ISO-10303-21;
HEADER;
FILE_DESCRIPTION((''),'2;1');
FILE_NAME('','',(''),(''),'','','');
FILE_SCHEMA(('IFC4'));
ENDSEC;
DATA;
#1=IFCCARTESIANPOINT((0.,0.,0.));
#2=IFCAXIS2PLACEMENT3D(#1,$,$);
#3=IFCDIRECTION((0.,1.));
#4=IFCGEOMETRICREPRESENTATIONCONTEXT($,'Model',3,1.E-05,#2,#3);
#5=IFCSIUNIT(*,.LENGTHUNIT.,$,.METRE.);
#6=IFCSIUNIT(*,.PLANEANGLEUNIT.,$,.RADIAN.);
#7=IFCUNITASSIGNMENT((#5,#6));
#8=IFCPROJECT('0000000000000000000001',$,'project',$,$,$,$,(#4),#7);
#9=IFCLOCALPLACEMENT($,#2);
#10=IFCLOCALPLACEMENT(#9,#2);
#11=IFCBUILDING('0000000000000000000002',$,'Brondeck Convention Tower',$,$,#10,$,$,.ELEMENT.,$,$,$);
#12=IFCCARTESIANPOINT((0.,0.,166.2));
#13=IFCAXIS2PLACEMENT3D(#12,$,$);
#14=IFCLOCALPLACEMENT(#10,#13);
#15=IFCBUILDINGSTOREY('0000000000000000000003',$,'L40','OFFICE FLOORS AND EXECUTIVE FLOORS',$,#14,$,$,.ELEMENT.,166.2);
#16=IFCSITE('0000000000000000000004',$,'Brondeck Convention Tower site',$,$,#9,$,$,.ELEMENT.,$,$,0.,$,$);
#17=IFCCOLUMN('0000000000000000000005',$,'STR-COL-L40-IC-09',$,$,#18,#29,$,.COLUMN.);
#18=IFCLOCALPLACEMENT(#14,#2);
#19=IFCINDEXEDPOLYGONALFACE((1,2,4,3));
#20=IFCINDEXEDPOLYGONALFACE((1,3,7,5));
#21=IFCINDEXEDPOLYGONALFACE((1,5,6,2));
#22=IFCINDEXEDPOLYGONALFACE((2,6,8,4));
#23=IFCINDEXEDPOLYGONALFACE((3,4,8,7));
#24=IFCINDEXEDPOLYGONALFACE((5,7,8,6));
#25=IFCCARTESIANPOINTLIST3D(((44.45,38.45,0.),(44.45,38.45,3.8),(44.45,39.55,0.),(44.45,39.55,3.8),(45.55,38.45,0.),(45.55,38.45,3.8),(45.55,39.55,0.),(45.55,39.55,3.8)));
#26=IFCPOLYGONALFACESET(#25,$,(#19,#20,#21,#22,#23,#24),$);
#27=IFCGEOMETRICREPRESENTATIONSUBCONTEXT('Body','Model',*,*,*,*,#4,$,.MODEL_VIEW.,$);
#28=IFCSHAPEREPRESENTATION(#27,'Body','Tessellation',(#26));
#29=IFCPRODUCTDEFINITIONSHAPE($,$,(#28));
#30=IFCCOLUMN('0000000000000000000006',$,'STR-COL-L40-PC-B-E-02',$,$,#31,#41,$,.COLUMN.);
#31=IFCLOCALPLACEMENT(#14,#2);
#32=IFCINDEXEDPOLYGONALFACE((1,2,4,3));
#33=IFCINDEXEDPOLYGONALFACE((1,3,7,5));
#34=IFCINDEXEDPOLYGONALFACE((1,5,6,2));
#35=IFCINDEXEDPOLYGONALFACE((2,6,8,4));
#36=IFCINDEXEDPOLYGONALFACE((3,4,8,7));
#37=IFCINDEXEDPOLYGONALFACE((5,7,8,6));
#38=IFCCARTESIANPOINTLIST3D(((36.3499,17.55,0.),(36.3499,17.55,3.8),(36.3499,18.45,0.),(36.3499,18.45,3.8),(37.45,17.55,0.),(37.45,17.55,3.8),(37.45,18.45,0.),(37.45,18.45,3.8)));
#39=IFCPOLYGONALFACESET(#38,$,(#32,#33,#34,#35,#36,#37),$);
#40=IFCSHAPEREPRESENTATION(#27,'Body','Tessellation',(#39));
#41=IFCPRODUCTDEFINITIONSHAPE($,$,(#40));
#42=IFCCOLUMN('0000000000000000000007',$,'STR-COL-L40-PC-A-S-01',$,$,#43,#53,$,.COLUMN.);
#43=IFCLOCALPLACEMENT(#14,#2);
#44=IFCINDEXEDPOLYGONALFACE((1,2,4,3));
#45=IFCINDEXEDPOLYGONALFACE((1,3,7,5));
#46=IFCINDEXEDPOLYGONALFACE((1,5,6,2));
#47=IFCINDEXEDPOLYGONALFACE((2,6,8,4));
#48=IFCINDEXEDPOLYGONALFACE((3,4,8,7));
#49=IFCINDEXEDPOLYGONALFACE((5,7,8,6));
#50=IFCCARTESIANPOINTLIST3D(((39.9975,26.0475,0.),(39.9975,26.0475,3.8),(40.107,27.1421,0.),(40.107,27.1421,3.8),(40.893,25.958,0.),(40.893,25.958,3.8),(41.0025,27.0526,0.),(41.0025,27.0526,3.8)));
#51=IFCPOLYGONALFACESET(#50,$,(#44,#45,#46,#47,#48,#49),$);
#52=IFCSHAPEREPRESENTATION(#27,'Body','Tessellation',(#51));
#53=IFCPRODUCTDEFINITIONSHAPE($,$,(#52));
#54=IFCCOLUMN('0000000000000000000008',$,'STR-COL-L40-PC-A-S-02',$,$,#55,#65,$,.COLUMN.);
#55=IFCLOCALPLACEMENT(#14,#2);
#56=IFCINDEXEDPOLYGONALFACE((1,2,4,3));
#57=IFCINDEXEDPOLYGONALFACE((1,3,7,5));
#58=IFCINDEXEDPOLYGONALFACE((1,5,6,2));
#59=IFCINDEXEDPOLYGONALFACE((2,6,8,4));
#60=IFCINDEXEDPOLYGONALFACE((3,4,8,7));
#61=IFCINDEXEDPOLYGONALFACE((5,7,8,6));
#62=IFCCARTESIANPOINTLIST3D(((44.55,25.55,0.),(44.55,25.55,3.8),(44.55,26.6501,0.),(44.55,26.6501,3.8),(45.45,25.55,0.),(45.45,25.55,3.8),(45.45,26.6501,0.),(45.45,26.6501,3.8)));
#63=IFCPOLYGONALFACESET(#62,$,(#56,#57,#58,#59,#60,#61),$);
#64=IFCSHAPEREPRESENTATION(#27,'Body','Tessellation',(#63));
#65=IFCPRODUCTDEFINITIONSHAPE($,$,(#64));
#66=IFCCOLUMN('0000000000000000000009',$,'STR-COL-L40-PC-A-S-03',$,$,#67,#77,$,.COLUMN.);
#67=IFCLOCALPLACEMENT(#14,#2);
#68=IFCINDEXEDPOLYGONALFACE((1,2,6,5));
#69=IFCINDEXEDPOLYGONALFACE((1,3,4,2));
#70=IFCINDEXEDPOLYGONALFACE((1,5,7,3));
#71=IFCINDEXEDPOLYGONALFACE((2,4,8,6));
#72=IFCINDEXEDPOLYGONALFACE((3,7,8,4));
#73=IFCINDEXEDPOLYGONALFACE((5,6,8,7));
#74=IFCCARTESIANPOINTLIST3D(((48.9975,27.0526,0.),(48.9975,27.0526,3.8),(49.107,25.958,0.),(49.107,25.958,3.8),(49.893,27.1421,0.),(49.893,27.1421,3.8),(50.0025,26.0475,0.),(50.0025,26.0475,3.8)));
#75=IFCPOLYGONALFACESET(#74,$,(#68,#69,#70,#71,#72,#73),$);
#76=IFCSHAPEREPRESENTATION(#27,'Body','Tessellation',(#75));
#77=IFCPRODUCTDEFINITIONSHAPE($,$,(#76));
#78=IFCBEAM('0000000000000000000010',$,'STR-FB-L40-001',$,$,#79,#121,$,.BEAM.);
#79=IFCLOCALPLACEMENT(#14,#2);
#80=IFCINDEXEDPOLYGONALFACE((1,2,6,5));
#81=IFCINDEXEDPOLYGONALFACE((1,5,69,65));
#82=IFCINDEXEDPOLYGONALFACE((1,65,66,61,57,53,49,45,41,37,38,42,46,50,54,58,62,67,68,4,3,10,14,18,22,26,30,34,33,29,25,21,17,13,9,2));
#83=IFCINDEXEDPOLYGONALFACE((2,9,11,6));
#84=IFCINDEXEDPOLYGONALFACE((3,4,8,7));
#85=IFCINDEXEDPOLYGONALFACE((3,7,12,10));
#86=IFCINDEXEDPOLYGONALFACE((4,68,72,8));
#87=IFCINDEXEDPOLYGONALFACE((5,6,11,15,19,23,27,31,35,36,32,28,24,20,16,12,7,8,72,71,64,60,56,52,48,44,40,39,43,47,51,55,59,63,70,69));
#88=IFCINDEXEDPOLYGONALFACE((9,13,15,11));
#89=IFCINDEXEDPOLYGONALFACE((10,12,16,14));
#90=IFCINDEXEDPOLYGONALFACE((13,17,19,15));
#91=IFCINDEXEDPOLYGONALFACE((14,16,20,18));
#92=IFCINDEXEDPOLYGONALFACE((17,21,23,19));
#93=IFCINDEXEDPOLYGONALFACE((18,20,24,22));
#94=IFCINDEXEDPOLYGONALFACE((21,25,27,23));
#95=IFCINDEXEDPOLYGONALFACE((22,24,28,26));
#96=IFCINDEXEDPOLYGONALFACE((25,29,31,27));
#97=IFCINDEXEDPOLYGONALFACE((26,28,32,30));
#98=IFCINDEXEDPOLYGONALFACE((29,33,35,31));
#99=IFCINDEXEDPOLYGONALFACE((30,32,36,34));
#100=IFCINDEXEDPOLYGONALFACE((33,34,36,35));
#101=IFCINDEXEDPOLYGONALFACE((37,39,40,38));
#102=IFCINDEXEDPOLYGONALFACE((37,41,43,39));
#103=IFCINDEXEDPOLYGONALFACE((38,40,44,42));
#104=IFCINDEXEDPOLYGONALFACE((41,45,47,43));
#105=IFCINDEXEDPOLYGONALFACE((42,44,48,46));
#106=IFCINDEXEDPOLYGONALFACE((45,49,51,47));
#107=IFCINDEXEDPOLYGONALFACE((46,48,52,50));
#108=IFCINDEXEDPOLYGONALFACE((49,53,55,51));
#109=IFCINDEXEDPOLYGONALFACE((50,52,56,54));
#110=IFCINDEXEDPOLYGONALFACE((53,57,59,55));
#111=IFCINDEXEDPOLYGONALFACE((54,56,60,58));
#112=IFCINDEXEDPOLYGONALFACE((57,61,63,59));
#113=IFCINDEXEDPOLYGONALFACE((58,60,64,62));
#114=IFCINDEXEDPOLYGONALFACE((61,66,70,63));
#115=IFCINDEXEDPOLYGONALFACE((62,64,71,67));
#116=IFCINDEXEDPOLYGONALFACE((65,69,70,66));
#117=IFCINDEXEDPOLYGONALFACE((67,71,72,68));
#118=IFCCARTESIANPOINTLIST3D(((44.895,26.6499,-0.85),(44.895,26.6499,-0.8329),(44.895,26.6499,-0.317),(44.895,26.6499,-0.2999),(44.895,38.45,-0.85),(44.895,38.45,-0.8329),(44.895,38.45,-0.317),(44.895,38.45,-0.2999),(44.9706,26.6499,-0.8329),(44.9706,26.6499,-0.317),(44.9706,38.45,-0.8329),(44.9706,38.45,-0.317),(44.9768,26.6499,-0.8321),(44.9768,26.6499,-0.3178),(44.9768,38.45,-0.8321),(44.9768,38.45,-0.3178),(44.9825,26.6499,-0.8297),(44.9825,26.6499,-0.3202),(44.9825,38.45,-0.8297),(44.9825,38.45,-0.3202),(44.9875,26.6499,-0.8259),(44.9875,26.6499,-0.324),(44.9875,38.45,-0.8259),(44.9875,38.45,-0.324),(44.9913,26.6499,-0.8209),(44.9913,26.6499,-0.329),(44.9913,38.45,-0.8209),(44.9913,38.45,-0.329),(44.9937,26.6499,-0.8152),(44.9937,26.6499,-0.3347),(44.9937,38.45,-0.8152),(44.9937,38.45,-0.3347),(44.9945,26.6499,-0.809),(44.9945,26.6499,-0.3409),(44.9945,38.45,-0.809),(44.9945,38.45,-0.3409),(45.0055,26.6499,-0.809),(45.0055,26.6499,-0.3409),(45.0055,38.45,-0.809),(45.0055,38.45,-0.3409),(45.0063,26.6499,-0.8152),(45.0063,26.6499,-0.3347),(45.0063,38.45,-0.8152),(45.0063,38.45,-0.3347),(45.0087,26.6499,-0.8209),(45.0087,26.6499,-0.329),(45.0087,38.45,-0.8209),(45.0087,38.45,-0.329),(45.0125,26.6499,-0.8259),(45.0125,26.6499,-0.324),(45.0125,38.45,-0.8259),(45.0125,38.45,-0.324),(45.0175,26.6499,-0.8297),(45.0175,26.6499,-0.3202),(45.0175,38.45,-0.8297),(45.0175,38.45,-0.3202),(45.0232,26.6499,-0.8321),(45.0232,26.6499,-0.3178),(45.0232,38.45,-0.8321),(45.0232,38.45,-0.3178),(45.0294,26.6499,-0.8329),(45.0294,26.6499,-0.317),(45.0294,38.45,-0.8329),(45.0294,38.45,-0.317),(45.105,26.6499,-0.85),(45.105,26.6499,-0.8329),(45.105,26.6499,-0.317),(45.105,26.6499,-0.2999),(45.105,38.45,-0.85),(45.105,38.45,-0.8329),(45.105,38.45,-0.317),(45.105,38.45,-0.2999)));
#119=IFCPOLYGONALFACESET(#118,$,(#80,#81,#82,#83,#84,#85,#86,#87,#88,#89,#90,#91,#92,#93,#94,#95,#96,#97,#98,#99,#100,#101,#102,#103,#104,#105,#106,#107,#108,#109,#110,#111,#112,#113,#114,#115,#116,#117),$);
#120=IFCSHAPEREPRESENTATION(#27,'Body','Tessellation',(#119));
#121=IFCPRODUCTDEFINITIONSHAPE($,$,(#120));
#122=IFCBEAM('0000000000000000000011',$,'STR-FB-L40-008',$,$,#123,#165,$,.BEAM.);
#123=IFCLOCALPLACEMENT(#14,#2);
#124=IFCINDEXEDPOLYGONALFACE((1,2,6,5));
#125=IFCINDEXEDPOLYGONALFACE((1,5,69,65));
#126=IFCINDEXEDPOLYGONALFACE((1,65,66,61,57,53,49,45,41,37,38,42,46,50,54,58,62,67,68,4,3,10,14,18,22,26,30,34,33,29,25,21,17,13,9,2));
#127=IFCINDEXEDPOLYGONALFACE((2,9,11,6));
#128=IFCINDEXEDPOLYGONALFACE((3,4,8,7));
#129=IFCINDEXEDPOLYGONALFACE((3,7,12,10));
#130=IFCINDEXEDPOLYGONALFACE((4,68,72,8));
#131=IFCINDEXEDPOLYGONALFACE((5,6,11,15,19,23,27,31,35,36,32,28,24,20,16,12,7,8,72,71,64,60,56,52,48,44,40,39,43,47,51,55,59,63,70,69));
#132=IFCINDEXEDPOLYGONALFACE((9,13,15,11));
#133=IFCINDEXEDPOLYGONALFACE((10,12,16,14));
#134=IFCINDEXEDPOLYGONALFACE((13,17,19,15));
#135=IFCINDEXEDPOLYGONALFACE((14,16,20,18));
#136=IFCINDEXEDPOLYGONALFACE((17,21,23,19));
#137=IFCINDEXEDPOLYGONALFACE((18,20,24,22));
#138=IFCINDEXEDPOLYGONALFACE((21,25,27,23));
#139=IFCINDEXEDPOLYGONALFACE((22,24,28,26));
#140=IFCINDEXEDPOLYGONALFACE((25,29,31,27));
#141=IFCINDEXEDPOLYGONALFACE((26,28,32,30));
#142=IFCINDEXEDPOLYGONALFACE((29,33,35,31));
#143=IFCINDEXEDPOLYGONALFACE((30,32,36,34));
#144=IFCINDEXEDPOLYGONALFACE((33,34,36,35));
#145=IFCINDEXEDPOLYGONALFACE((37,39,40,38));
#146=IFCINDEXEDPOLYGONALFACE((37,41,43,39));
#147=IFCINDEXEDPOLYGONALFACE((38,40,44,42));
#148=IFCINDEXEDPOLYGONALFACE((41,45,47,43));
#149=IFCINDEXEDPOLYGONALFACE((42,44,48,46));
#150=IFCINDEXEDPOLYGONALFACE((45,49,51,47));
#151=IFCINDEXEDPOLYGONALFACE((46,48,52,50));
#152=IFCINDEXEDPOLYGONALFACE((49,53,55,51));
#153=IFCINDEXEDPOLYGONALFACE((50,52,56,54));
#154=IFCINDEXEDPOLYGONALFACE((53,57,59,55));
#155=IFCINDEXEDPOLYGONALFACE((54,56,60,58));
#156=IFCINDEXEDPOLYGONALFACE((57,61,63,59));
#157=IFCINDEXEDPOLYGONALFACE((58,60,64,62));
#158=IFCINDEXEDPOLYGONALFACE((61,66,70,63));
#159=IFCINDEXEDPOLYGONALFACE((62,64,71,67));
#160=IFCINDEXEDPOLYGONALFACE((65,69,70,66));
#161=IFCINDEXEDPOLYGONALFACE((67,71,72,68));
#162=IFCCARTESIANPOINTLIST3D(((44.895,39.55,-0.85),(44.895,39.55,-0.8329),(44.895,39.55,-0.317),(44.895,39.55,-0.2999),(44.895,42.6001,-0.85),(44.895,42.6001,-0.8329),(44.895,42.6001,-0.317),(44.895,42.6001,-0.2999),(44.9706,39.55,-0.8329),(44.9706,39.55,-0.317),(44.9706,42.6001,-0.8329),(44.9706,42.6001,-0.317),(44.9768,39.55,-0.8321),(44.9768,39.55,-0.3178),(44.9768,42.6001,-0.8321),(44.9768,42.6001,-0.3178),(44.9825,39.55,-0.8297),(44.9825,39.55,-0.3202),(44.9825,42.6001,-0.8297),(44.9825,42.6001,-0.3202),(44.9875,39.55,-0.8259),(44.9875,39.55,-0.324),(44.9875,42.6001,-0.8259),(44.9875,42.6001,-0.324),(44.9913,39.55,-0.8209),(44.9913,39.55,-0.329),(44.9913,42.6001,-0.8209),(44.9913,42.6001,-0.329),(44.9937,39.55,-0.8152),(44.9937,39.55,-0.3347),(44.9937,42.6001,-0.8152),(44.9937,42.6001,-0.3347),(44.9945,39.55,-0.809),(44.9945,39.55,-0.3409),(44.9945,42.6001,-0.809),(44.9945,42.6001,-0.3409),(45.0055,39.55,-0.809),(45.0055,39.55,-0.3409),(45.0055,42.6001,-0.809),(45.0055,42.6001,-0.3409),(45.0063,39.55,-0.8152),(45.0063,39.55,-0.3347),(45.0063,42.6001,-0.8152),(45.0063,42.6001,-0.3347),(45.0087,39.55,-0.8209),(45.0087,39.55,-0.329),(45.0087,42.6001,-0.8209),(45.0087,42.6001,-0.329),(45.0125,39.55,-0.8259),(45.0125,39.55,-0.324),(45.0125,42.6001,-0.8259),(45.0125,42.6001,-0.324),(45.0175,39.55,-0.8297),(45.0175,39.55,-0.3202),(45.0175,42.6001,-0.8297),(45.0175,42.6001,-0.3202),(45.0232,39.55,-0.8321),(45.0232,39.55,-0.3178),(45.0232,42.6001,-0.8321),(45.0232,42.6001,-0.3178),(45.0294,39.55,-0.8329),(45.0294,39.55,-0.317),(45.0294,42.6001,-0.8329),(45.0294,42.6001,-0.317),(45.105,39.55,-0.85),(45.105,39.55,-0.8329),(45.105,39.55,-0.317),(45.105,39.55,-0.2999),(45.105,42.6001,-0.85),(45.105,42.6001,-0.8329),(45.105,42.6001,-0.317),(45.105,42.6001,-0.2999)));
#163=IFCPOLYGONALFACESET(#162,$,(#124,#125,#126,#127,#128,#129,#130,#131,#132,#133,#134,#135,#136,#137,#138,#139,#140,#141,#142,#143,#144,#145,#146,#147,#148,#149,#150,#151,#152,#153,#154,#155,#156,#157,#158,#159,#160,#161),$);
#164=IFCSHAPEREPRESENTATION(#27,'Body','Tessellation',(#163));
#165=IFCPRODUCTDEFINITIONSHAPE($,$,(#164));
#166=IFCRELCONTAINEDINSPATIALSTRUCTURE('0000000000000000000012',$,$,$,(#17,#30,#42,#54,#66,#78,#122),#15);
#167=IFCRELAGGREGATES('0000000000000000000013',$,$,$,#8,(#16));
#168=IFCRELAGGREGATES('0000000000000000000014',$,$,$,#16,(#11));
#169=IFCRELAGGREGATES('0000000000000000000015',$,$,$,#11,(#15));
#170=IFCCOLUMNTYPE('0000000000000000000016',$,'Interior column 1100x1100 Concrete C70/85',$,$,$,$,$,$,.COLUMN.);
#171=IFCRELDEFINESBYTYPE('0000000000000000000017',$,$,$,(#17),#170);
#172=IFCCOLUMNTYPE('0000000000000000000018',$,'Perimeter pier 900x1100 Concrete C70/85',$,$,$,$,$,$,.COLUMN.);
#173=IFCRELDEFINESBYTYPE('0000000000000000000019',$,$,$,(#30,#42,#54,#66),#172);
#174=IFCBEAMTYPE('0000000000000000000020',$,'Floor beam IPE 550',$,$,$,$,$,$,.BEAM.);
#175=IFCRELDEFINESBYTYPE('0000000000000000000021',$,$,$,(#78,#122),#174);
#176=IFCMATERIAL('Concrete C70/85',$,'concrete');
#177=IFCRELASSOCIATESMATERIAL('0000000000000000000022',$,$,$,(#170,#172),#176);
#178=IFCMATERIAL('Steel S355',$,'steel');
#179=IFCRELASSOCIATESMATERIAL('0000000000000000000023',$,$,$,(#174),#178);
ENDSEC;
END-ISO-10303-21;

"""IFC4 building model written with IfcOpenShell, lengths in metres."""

from ifc_helpers import new_model, si_unit, direction, frame, origin, origin_2d, place, context, subcontext, project, spatial, rectangle, i_section, extrude, material, material_profile, profile_set, type_object, element, save


model = new_model("IFC4")

# Units and contexts
model_context = context("Model", 3, precision=1e-05, world=origin(), true_north=direction((0.0, 1.0)))
body_context = subcontext(model_context, "Body", "Model", "MODEL_VIEW")
ifc_project = project(units=[si_unit("LENGTHUNIT", "METRE"), si_unit("PLANEANGLEUNIT", "RADIAN")], contexts=[model_context])

# Site, building, storey
site_placement = place(None, origin())
site = spatial("IfcSite", under=ifc_project, at=site_placement, Name="Brondeck Convention Tower site", CompositionType="ELEMENT", RefElevation=0.0)
building_placement = place(site_placement, origin())
building = spatial("IfcBuilding", under=site, at=building_placement, Name="Brondeck Convention Tower", CompositionType="ELEMENT")
storey_placement = place(building_placement, frame((0.0, 0.0, 166.2)))
storey = spatial("IfcBuildingStorey", under=building, at=storey_placement, Name="L40", Description="OFFICE FLOORS AND EXECUTIVE FLOORS", CompositionType="ELEMENT", Elevation=166.2)

# Columns
ifc_material_1 = material(Name="Concrete C70/85", Category="concrete")
ifc_material_profile_1 = material_profile(ifc_material_1, rectangle(XDim=1.1001, YDim=1.1001, at=origin_2d()), Name="Interior column 1100x1100 Concrete C70/85")
ifc_profile_set_1 = profile_set([ifc_material_profile_1], Name="Concrete C70/85")
column_type_1 = type_object("IfcColumnType", Name="Interior column 1100x1100 Concrete C70/85", PredefinedType="COLUMN", material=ifc_profile_set_1)
column_placement = place(storey_placement, frame((45.0, 39.0, 0.0), z_axis=(0.0, 0.0, 1.0), x_axis=(1.0, 0.0, 0.0)))
element("IfcColumn", 1, at=column_placement, inside=storey, type_object=column_type_1, Name="STR-COL-L40-IC-09", PredefinedType="COLUMN", context=body_context, shape_type="SweptSolid", body=[
    extrude(rectangle(XDim=1.1001, YDim=1.1001, at=origin_2d()), origin(), (0.0, 0.0, 1.0), 3.8),
])
ifc_material_profile_2 = material_profile(ifc_material_1, rectangle(XDim=0.8999, YDim=1.1001, at=origin_2d()), Name="Perimeter pier 900x1100 Concrete C70/85")
ifc_profile_set_2 = profile_set([ifc_material_profile_2], Name="Concrete C70/85")
column_type_2 = type_object("IfcColumnType", Name="Perimeter pier 900x1100 Concrete C70/85", PredefinedType="COLUMN", material=ifc_profile_set_2)
for number, where, z_axis, x_axis, name in (
    (2, (36.8999, 18.0, 0.0), (0.0, 0.0, 1.0), (0.0, 1.0, 0.0), "STR-COL-L40-PC-B-E-02"),
    (3, (40.5, 26.55, 0.0), (0.0, 0.0, 1.0), (0.995037, -0.099504, 0.0), "STR-COL-L40-PC-A-S-01"),
    (4, (45.0, 26.1001, 0.0), (0.0, 0.0, 1.0), (1.0, 0.0, 0.0), "STR-COL-L40-PC-A-S-02"),
    (5, (49.5, 26.55, 0.0), (0.0, 0.0, 1.0), (0.995037, 0.099504, 0.0), "STR-COL-L40-PC-A-S-03"),
):
    element("IfcColumn", number, at=place(storey_placement, frame(where, z_axis=z_axis, x_axis=x_axis)), inside=storey, type_object=column_type_2, Name=name, PredefinedType="COLUMN", context=body_context, shape_type="SweptSolid", body=[
        extrude(rectangle(XDim=0.8999, YDim=1.1001, at=origin_2d()), origin(), (0.0, 0.0, 1.0), 3.8),
    ])

# Beams
ifc_material_2 = material(Name="Steel S355", Category="steel")
ifc_material_profile_3 = material_profile(ifc_material_2, i_section(OverallWidth=0.21, OverallDepth=0.55, WebThickness=0.011, FlangeThickness=0.0171, FilletRadius=0.0239, at=origin_2d()), Name="IPE 550")
ifc_profile_set_3 = profile_set([ifc_material_profile_3], Name="Steel S355")
beam_type_1 = type_object("IfcBeamType", Name="Floor beam IPE 550", PredefinedType="BEAM", material=ifc_profile_set_3)
beam_1_placement = place(storey_placement, frame((45.0, 26.6499, -0.575), z_axis=(0.0, 1.0, 0.0), x_axis=(-1.0, 0.0, 0.0)))
element("IfcBeam", 6, at=beam_1_placement, inside=storey, type_object=beam_type_1, Name="STR-FB-L40-001", PredefinedType="BEAM", context=body_context, shape_type="SweptSolid", body=[
    extrude(i_section(OverallWidth=0.21, OverallDepth=0.55, WebThickness=0.011, FlangeThickness=0.0171, FilletRadius=0.0239, at=origin_2d()), origin(), (0.0, 0.0, 1.0), 11.8),
])
beam_2_placement = place(storey_placement, frame((45.0, 39.55, -0.575), z_axis=(0.0, 1.0, 0.0), x_axis=(-1.0, 0.0, 0.0)))
element("IfcBeam", 7, at=beam_2_placement, inside=storey, type_object=beam_type_1, Name="STR-FB-L40-008", PredefinedType="BEAM", context=body_context, shape_type="SweptSolid", body=[
    extrude(i_section(OverallWidth=0.21, OverallDepth=0.55, WebThickness=0.011, FlangeThickness=0.0171, FilletRadius=0.0239, at=origin_2d()), origin(), (0.0, 0.0, 1.0), 3.05),
])

save(model, "model.ifc")
